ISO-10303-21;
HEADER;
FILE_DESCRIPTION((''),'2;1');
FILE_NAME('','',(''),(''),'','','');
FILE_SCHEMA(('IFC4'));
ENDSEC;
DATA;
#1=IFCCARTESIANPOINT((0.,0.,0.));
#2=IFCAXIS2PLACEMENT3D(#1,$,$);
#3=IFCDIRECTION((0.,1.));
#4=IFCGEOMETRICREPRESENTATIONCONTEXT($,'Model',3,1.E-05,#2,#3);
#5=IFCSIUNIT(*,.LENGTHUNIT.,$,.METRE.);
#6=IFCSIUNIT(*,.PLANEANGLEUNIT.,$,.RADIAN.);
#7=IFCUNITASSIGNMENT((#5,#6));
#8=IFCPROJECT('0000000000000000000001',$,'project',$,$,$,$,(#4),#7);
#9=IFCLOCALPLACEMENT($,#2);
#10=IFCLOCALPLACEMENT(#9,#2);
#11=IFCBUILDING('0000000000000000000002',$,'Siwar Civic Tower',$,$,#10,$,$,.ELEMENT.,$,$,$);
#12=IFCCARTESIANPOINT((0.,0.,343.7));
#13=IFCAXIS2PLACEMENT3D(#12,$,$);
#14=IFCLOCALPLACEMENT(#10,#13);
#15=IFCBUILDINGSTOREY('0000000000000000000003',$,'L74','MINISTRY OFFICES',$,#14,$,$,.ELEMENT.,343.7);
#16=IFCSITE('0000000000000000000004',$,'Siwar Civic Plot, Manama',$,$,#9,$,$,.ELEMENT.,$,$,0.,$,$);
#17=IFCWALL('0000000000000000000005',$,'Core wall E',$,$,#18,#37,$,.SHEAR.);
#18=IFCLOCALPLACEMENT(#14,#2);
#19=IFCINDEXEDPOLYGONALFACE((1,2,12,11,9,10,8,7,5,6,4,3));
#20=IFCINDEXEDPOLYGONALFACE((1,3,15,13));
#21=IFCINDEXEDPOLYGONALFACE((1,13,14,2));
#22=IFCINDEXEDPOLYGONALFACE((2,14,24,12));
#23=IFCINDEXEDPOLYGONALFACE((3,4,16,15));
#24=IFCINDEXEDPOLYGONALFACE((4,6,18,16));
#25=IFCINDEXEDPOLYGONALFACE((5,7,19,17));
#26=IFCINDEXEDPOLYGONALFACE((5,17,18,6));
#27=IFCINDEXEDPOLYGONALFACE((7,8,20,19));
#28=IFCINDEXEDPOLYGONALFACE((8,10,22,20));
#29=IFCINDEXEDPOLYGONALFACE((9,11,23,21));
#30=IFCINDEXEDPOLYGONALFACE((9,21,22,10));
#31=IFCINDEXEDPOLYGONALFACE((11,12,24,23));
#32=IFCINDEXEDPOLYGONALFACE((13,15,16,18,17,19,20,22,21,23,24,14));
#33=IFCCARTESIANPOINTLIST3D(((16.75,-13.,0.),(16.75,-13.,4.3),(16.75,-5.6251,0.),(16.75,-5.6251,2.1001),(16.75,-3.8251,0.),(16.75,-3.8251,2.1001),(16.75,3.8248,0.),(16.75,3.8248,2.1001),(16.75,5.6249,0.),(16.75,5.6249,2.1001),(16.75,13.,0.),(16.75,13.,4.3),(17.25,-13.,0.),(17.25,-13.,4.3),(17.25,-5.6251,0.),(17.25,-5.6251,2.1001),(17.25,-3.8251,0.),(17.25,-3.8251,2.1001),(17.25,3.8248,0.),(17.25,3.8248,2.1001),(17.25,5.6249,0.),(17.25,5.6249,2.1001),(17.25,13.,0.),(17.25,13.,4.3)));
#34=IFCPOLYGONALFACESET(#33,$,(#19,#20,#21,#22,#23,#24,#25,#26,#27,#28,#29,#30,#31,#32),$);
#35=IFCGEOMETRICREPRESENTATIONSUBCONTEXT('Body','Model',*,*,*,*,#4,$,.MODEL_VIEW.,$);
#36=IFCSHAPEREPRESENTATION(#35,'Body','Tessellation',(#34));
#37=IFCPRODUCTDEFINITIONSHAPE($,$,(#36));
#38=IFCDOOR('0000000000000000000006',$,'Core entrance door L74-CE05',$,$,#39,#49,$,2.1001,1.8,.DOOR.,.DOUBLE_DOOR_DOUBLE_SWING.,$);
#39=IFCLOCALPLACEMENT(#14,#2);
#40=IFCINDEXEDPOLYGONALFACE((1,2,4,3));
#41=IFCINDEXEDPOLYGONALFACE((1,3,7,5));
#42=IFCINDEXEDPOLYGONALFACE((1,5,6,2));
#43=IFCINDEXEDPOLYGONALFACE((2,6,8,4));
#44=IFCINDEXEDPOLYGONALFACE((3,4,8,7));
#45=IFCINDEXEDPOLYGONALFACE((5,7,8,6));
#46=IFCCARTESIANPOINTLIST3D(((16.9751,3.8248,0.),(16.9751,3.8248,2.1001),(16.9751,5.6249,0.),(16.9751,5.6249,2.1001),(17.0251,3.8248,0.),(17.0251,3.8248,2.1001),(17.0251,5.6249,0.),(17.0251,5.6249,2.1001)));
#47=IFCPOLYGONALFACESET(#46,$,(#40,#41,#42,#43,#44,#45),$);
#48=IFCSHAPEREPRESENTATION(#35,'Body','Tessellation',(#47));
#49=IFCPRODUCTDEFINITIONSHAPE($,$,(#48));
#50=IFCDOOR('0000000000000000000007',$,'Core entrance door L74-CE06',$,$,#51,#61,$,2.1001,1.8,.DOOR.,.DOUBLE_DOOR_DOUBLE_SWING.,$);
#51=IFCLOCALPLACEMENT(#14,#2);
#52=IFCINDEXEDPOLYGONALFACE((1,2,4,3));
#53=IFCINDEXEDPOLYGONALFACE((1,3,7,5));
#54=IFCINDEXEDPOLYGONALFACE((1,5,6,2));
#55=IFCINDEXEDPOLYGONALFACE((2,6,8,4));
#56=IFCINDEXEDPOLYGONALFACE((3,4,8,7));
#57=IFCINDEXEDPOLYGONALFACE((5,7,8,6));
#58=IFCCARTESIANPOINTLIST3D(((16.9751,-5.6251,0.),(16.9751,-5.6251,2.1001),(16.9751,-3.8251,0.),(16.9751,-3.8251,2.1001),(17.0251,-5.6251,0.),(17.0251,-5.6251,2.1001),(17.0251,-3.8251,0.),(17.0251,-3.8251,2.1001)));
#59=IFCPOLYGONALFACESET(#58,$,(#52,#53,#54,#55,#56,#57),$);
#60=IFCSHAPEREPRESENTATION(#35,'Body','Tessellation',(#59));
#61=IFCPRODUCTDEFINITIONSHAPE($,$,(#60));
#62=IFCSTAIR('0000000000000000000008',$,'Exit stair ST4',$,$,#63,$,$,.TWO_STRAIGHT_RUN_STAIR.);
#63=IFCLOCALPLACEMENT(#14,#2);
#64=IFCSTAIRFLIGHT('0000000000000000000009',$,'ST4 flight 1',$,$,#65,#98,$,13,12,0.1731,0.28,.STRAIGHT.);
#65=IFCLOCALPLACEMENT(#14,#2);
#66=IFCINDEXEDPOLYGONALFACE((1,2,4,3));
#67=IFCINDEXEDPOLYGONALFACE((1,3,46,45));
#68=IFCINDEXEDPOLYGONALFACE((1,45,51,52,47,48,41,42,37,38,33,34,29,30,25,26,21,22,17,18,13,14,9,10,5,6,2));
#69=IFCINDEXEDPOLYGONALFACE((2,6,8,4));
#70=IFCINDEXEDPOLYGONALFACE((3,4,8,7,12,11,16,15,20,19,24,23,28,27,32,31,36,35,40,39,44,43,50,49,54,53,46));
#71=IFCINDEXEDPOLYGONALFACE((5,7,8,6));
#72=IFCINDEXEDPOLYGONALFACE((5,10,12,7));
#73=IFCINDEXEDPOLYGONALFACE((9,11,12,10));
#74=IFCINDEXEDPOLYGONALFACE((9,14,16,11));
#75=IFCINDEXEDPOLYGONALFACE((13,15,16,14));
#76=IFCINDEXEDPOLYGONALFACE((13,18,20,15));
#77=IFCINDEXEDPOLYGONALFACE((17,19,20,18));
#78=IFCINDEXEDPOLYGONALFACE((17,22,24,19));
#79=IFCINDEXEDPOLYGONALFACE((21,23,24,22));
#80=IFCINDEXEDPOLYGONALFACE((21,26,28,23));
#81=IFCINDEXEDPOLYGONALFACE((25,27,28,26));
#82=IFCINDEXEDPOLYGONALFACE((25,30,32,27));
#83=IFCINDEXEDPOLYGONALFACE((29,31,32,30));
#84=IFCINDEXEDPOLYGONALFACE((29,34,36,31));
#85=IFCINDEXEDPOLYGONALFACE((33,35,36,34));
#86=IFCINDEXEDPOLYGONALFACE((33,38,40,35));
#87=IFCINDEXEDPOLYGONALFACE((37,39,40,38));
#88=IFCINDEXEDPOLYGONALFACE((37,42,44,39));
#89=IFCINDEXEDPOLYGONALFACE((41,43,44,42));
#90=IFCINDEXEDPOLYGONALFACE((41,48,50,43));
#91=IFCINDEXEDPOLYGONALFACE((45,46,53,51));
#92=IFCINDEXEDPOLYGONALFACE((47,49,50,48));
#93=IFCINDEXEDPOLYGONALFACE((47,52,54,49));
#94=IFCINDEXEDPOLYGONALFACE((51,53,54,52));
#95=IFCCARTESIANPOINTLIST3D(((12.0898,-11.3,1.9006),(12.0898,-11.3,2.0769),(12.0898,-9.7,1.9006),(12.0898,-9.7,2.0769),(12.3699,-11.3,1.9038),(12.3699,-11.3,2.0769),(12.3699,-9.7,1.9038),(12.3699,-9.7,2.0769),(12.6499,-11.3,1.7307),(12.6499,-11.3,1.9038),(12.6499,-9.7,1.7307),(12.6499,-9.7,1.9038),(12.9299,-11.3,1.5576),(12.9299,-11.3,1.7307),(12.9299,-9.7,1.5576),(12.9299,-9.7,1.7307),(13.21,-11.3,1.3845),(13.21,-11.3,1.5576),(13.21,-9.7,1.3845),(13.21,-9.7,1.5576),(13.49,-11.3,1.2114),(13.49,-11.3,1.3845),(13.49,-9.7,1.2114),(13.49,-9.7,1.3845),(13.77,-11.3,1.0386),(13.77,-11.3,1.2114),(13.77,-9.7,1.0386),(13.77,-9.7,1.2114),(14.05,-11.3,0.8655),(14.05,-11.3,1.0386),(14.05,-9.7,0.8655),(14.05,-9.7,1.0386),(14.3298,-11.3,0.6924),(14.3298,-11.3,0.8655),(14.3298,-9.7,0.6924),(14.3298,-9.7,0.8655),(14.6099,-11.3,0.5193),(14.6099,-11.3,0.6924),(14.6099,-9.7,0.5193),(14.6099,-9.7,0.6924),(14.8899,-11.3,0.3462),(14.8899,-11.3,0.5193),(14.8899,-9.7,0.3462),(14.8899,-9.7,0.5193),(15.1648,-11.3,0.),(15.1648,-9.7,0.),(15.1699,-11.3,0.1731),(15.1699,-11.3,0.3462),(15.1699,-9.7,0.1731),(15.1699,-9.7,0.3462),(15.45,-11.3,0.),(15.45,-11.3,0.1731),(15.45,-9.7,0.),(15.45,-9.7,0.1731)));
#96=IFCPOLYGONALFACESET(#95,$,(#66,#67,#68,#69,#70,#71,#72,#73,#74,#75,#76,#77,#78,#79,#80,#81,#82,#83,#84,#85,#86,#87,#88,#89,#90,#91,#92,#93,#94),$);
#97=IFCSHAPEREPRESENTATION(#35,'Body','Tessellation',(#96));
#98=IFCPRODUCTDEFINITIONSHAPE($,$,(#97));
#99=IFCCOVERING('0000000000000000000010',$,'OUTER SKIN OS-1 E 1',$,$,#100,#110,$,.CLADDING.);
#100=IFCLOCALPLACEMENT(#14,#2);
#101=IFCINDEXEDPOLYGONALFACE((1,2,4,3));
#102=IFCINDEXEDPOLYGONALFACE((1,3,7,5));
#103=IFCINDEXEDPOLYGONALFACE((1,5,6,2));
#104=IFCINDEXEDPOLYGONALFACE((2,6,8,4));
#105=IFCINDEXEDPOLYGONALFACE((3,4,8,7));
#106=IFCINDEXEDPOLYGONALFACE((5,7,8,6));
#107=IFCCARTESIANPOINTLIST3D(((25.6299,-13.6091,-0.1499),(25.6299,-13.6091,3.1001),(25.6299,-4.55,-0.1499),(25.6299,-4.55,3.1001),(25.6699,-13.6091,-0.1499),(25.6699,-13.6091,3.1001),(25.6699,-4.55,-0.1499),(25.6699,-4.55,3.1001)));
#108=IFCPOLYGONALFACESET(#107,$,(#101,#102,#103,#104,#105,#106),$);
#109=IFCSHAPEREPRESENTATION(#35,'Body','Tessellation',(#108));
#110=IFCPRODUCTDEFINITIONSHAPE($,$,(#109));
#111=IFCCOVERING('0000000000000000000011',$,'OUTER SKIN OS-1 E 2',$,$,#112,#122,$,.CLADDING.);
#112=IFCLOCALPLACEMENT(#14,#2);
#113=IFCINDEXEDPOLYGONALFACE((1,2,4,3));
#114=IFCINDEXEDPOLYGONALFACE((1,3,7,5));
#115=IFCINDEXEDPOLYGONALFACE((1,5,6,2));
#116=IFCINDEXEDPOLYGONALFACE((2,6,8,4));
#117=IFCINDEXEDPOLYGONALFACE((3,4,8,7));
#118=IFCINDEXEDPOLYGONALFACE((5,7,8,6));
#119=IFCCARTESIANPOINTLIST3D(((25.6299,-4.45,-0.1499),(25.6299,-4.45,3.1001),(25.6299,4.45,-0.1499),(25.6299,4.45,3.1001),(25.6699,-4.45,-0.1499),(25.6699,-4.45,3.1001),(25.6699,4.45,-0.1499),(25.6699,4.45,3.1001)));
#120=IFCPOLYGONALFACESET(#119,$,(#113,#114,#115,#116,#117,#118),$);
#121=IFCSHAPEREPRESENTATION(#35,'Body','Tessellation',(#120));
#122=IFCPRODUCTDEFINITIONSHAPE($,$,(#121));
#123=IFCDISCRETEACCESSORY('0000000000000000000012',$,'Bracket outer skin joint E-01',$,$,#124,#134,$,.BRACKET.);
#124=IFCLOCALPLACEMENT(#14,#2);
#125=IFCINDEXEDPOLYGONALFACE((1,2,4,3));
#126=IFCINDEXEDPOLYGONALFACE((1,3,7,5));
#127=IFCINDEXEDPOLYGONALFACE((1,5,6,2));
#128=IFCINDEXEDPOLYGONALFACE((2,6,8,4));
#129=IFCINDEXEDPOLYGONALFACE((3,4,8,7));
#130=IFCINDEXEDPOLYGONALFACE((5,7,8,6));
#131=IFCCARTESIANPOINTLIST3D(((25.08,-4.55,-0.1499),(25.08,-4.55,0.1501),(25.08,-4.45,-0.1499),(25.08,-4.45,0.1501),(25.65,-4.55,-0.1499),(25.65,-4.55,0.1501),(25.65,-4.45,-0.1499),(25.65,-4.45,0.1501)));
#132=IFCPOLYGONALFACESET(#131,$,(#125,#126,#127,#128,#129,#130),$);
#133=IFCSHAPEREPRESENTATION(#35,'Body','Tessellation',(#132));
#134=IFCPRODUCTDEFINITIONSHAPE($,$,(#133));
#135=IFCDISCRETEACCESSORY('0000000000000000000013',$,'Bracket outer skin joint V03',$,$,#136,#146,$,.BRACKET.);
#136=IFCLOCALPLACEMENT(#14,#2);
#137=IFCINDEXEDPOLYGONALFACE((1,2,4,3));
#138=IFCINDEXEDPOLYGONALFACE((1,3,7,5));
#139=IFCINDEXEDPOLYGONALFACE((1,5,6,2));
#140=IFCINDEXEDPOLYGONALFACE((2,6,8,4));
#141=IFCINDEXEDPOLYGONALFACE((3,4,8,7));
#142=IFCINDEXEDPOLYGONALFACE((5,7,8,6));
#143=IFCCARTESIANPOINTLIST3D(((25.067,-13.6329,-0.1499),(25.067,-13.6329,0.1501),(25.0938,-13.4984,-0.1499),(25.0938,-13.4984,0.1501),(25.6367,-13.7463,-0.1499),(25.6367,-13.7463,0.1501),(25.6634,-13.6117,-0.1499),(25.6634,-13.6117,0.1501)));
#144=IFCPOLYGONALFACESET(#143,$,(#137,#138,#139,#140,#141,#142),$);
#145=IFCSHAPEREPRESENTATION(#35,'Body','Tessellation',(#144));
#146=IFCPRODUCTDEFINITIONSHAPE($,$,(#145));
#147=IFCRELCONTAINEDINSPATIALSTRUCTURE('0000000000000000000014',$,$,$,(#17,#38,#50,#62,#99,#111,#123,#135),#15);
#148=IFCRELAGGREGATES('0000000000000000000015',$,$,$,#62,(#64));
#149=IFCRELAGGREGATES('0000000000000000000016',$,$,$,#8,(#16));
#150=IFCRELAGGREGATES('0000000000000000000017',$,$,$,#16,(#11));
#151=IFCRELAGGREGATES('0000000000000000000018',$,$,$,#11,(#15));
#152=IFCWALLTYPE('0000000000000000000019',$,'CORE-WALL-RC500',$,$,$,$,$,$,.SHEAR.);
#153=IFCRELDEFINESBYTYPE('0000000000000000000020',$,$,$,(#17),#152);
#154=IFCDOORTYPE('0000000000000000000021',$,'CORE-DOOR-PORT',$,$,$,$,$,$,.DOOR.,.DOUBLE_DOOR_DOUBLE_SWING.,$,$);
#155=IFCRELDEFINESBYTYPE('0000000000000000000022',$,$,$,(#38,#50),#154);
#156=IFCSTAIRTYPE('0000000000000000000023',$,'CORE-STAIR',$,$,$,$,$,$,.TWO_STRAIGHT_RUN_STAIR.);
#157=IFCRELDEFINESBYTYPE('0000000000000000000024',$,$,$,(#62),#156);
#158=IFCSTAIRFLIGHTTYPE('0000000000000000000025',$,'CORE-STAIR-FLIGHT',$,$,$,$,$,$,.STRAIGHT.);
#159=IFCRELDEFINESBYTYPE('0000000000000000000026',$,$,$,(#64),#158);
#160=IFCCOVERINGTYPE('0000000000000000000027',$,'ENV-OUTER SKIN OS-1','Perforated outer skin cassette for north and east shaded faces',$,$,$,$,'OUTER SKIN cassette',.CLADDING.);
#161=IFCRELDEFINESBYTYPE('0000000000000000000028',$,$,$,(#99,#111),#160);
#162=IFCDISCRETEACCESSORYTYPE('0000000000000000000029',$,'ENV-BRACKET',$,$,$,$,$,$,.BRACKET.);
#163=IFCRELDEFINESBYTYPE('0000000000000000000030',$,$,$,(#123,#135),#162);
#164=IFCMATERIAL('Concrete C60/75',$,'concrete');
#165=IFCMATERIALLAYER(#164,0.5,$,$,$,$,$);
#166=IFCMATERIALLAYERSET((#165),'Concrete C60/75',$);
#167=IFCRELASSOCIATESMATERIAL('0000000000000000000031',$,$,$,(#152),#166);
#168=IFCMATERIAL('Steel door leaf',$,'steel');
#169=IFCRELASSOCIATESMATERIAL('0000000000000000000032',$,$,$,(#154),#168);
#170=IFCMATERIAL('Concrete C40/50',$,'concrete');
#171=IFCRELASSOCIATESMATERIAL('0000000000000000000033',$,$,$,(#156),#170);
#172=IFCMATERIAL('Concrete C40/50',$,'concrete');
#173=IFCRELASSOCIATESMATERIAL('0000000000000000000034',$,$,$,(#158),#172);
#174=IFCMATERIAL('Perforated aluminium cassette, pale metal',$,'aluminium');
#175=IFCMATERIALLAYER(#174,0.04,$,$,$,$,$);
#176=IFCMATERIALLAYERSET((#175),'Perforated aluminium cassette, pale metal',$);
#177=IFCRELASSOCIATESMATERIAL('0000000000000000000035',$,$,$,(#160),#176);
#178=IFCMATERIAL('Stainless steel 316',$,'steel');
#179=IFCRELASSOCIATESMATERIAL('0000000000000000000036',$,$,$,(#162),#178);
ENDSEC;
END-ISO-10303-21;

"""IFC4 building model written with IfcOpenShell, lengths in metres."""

from ifc_helpers import new_model, si_unit, direction, frame, frame_2d, origin, origin_2d, place, context, subcontext, project, spatial, polyline, rectangle, outline, extrude, material, layer, layer_set, type_object, element, fill, aggregate, save


model = new_model("IFC4")

# Units and contexts
model_context = context("Model", 3, precision=1e-05, world=origin(), true_north=direction((0.0, 1.0)))
body_context = subcontext(model_context, "Body", "Model", "MODEL_VIEW")
ifc_project = project(units=[si_unit("LENGTHUNIT", "METRE"), si_unit("PLANEANGLEUNIT", "RADIAN")], contexts=[model_context])

# Site, building, storey
site_placement = place(None, origin())
site = spatial("IfcSite", under=ifc_project, at=site_placement, Name="Siwar Civic Plot, Manama", CompositionType="ELEMENT", RefElevation=0.0)
building_placement = place(site_placement, origin())
building = spatial("IfcBuilding", under=site, at=building_placement, Name="Siwar Civic Tower", CompositionType="ELEMENT")
storey_placement = place(building_placement, frame((0.0, 0.0, 343.7)))
storey = spatial("IfcBuildingStorey", under=building, at=storey_placement, Name="L74", Description="MINISTRY OFFICES", CompositionType="ELEMENT", Elevation=343.7)

# Wall, openings, doors
ifc_material_1 = material(Name="Concrete C60/75", Category="concrete")
ifc_layer_1 = layer(ifc_material_1, 0.5)
ifc_layer_set_1 = layer_set([ifc_layer_1], Name="Concrete C60/75")
wall_type_1 = type_object("IfcWallType", Name="CORE-WALL-RC500", PredefinedType="SHEAR", material=ifc_layer_set_1)
wall_1_placement = place(storey_placement, frame((17.0, -13.0, 0.0), z_axis=(0.0, 0.0, 1.0), x_axis=(0.0, 1.0, 0.0)))
wall_1 = element("IfcWall", 1, at=wall_1_placement, inside=storey, type_object=wall_type_1, Name="Core wall E", PredefinedType="SHEAR", context=body_context, shape_type="SweptSolid", body=[
    extrude(rectangle(XDim=26.0, YDim=0.5, at=frame_2d((13.0, 0.0))), origin(), (0.0, 0.0, 1.0), 4.3),
])
opening_1_placement = place(wall_1_placement, frame((16.825, 0.0, 0.0)))
opening_1 = element("IfcOpeningElement", 2, at=opening_1_placement, cuts=wall_1, PredefinedType="OPENING", context=body_context, shape_type="SweptSolid", body=[
    extrude(rectangle(XDim=1.8, YDim=2.1001, at=frame_2d((0.8999, 1.05))), frame((0.0, 0.26, 0.0), z_axis=(0.0, -1.0, 0.0), x_axis=(1.0, 0.0, 0.0)), (0.0, 0.0, 1.0), 0.52),
])
opening_2_placement = place(wall_1_placement, frame((7.375, 0.0, 0.0)))
opening_2 = element("IfcOpeningElement", 3, at=opening_2_placement, cuts=wall_1, PredefinedType="OPENING", context=body_context, shape_type="SweptSolid", body=[
    extrude(rectangle(XDim=1.8, YDim=2.1001, at=frame_2d((0.8999, 1.05))), frame((0.0, 0.26, 0.0), z_axis=(0.0, -1.0, 0.0), x_axis=(1.0, 0.0, 0.0)), (0.0, 0.0, 1.0), 0.52),
])
ifc_material_2 = material(Name="Steel door leaf", Category="steel")
door_type_1 = type_object("IfcDoorType", Name="CORE-DOOR-PORT", OperationType="DOUBLE_DOOR_DOUBLE_SWING", PredefinedType="DOOR", material=ifc_material_2)
door_1_placement = place(opening_1_placement, origin())
door_1 = element("IfcDoor", 4, at=door_1_placement, inside=storey, type_object=door_type_1, Name="Core entrance door L74-CE05", OperationType="DOUBLE_DOOR_DOUBLE_SWING", OverallHeight=2.1001, OverallWidth=1.8, PredefinedType="DOOR", context=body_context, shape_type="SweptSolid", body=[
    extrude(rectangle(XDim=1.8, YDim=2.1001, at=frame_2d((0.8999, 1.05))), frame((0.0, 0.0249, 0.0), z_axis=(0.0, -1.0, 0.0), x_axis=(1.0, 0.0, 0.0)), (0.0, 0.0, 1.0), 0.05),
])
fill(opening_1, door_1)
door_2_placement = place(opening_2_placement, origin())
door_2 = element("IfcDoor", 5, at=door_2_placement, inside=storey, type_object=door_type_1, Name="Core entrance door L74-CE06", OperationType="DOUBLE_DOOR_DOUBLE_SWING", OverallHeight=2.1001, OverallWidth=1.8, PredefinedType="DOOR", context=body_context, shape_type="SweptSolid", body=[
    extrude(rectangle(XDim=1.8, YDim=2.1001, at=frame_2d((0.8999, 1.05))), frame((0.0, 0.0249, 0.0), z_axis=(0.0, -1.0, 0.0), x_axis=(1.0, 0.0, 0.0)), (0.0, 0.0, 1.0), 0.05),
])
fill(opening_2, door_2)

# Stair, stair flight
ifc_material_3 = material(Name="Concrete C40/50", Category="concrete")
stair_type = type_object("IfcStairType", Name="CORE-STAIR", PredefinedType="TWO_STRAIGHT_RUN_STAIR", material=ifc_material_3)
stair_placement = place(storey_placement, origin())
stair = element("IfcStair", 6, at=stair_placement, inside=storey, type_object=stair_type, Name="Exit stair ST4", PredefinedType="TWO_STRAIGHT_RUN_STAIR")
ifc_material_4 = material(Name="Concrete C40/50", Category="concrete")
stair_flight_type = type_object("IfcStairFlightType", Name="CORE-STAIR-FLIGHT", PredefinedType="STRAIGHT", material=ifc_material_4)
stair_flight_placement = place(storey_placement, frame((15.45, -10.5, 0.0), z_axis=(0.0, 0.0, 1.0), x_axis=(-1.0, 0.0, 0.0)))
stair_flight = element("IfcStairFlight", 7, at=stair_flight_placement, type_object=stair_flight_type, Name="ST4 flight 1", NumberOfRisers=13, NumberOfTreads=12, PredefinedType="STRAIGHT", RiserHeight=0.1731, TreadLength=0.28, context=body_context, shape_type="SweptSolid", body=[
    extrude(outline(polyline([(0.0, 0.0), (0.0, 0.1731), (0.28, 0.1731), (0.28, 0.3462), (0.5601, 0.3462), (0.5601, 0.5193), (0.8401, 0.5193), (0.8401, 0.6924), (1.1201, 0.6924), (1.1201, 0.8655), (1.3999, 0.8655), (1.3999, 1.0386), (1.6799, 1.0386), (1.6799, 1.2114), (1.96, 1.2114), (1.96, 1.3845), (2.24, 1.3845), (2.24, 1.5576), (2.52, 1.5576), (2.52, 1.7307), (2.8, 1.7307), (2.8, 1.9038), (3.0801, 1.9038), (3.0801, 2.0769), (3.3601, 2.0769), (3.3601, 2.25), (3.3601, 1.9006), (0.2852, 0.0), (0.0, 0.0)])), frame((0.0, 0.8, 0.0), z_axis=(0.0, -1.0, 0.0), x_axis=(1.0, 0.0, 0.0)), (0.0, 0.0, 1.0), 1.6001),
])
aggregate(stair, [stair_flight])

# Coverings
ifc_material_5 = material(Name="Perforated aluminium cassette, pale metal", Category="aluminium")
ifc_layer_2 = layer(ifc_material_5, 0.04)
ifc_layer_set_2 = layer_set([ifc_layer_2], Name="Perforated aluminium cassette, pale metal")
covering_type = type_object("IfcCoveringType", Name="ENV-OUTER SKIN OS-1", Description="Perforated outer skin cassette for north and east shaded faces", ElementType="OUTER SKIN cassette", PredefinedType="CLADDING", material=ifc_layer_set_2)
covering_1_placement = place(storey_placement, frame((25.6499, -9.0796, -0.1499), z_axis=(0.0, 0.0, 1.0), x_axis=(0.0, 1.0, 0.0)))
element("IfcCovering", 8, at=covering_1_placement, inside=storey, type_object=covering_type, Name="OUTER SKIN OS-1 E 1", PredefinedType="CLADDING", context=body_context, shape_type="SweptSolid", body=[
    extrude(rectangle(XDim=9.0591, YDim=0.04, at=origin_2d()), origin(), (0.0, 0.0, 1.0), 3.25),
])
covering_2_placement = place(storey_placement, frame((25.6499, 0.0, -0.1499), z_axis=(0.0, 0.0, 1.0), x_axis=(0.0, 1.0, 0.0)))
element("IfcCovering", 9, at=covering_2_placement, inside=storey, type_object=covering_type, Name="OUTER SKIN OS-1 E 2", PredefinedType="CLADDING", context=body_context, shape_type="SweptSolid", body=[
    extrude(rectangle(XDim=8.8999, YDim=0.04, at=origin_2d()), origin(), (0.0, 0.0, 1.0), 3.25),
])

# Discrete accessories
ifc_material_6 = material(Name="Stainless steel 316", Category="steel")
discrete_accessory_type = type_object("IfcDiscreteAccessoryType", Name="ENV-BRACKET", PredefinedType="BRACKET", material=ifc_material_6)
discrete_accessory_1_placement = place(storey_placement, frame((25.365, -4.5, -0.1499), z_axis=(0.0, 0.0, 1.0), x_axis=(1.0, 0.0, 0.0)))
element("IfcDiscreteAccessory", 10, at=discrete_accessory_1_placement, inside=storey, type_object=discrete_accessory_type, Name="Bracket outer skin joint E-01", PredefinedType="BRACKET", context=body_context, shape_type="SweptSolid", body=[
    extrude(rectangle(XDim=0.5701, YDim=0.1001, at=origin_2d()), origin(), (0.0, 0.0, 1.0), 0.3),
])
discrete_accessory_2_placement = place(storey_placement, frame((25.3652, -13.6223, -0.1499), z_axis=(0.0, 0.0, 1.0), x_axis=(0.980785, -0.19509, 0.0)))
element("IfcDiscreteAccessory", 11, at=discrete_accessory_2_placement, inside=storey, type_object=discrete_accessory_type, Name="Bracket outer skin joint V03", PredefinedType="BRACKET", context=body_context, shape_type="SweptSolid", body=[
    extrude(rectangle(XDim=0.5808, YDim=0.1372, at=origin_2d()), origin(), (0.0, 0.0, 1.0), 0.3),
])

save(model, "model.ifc")
